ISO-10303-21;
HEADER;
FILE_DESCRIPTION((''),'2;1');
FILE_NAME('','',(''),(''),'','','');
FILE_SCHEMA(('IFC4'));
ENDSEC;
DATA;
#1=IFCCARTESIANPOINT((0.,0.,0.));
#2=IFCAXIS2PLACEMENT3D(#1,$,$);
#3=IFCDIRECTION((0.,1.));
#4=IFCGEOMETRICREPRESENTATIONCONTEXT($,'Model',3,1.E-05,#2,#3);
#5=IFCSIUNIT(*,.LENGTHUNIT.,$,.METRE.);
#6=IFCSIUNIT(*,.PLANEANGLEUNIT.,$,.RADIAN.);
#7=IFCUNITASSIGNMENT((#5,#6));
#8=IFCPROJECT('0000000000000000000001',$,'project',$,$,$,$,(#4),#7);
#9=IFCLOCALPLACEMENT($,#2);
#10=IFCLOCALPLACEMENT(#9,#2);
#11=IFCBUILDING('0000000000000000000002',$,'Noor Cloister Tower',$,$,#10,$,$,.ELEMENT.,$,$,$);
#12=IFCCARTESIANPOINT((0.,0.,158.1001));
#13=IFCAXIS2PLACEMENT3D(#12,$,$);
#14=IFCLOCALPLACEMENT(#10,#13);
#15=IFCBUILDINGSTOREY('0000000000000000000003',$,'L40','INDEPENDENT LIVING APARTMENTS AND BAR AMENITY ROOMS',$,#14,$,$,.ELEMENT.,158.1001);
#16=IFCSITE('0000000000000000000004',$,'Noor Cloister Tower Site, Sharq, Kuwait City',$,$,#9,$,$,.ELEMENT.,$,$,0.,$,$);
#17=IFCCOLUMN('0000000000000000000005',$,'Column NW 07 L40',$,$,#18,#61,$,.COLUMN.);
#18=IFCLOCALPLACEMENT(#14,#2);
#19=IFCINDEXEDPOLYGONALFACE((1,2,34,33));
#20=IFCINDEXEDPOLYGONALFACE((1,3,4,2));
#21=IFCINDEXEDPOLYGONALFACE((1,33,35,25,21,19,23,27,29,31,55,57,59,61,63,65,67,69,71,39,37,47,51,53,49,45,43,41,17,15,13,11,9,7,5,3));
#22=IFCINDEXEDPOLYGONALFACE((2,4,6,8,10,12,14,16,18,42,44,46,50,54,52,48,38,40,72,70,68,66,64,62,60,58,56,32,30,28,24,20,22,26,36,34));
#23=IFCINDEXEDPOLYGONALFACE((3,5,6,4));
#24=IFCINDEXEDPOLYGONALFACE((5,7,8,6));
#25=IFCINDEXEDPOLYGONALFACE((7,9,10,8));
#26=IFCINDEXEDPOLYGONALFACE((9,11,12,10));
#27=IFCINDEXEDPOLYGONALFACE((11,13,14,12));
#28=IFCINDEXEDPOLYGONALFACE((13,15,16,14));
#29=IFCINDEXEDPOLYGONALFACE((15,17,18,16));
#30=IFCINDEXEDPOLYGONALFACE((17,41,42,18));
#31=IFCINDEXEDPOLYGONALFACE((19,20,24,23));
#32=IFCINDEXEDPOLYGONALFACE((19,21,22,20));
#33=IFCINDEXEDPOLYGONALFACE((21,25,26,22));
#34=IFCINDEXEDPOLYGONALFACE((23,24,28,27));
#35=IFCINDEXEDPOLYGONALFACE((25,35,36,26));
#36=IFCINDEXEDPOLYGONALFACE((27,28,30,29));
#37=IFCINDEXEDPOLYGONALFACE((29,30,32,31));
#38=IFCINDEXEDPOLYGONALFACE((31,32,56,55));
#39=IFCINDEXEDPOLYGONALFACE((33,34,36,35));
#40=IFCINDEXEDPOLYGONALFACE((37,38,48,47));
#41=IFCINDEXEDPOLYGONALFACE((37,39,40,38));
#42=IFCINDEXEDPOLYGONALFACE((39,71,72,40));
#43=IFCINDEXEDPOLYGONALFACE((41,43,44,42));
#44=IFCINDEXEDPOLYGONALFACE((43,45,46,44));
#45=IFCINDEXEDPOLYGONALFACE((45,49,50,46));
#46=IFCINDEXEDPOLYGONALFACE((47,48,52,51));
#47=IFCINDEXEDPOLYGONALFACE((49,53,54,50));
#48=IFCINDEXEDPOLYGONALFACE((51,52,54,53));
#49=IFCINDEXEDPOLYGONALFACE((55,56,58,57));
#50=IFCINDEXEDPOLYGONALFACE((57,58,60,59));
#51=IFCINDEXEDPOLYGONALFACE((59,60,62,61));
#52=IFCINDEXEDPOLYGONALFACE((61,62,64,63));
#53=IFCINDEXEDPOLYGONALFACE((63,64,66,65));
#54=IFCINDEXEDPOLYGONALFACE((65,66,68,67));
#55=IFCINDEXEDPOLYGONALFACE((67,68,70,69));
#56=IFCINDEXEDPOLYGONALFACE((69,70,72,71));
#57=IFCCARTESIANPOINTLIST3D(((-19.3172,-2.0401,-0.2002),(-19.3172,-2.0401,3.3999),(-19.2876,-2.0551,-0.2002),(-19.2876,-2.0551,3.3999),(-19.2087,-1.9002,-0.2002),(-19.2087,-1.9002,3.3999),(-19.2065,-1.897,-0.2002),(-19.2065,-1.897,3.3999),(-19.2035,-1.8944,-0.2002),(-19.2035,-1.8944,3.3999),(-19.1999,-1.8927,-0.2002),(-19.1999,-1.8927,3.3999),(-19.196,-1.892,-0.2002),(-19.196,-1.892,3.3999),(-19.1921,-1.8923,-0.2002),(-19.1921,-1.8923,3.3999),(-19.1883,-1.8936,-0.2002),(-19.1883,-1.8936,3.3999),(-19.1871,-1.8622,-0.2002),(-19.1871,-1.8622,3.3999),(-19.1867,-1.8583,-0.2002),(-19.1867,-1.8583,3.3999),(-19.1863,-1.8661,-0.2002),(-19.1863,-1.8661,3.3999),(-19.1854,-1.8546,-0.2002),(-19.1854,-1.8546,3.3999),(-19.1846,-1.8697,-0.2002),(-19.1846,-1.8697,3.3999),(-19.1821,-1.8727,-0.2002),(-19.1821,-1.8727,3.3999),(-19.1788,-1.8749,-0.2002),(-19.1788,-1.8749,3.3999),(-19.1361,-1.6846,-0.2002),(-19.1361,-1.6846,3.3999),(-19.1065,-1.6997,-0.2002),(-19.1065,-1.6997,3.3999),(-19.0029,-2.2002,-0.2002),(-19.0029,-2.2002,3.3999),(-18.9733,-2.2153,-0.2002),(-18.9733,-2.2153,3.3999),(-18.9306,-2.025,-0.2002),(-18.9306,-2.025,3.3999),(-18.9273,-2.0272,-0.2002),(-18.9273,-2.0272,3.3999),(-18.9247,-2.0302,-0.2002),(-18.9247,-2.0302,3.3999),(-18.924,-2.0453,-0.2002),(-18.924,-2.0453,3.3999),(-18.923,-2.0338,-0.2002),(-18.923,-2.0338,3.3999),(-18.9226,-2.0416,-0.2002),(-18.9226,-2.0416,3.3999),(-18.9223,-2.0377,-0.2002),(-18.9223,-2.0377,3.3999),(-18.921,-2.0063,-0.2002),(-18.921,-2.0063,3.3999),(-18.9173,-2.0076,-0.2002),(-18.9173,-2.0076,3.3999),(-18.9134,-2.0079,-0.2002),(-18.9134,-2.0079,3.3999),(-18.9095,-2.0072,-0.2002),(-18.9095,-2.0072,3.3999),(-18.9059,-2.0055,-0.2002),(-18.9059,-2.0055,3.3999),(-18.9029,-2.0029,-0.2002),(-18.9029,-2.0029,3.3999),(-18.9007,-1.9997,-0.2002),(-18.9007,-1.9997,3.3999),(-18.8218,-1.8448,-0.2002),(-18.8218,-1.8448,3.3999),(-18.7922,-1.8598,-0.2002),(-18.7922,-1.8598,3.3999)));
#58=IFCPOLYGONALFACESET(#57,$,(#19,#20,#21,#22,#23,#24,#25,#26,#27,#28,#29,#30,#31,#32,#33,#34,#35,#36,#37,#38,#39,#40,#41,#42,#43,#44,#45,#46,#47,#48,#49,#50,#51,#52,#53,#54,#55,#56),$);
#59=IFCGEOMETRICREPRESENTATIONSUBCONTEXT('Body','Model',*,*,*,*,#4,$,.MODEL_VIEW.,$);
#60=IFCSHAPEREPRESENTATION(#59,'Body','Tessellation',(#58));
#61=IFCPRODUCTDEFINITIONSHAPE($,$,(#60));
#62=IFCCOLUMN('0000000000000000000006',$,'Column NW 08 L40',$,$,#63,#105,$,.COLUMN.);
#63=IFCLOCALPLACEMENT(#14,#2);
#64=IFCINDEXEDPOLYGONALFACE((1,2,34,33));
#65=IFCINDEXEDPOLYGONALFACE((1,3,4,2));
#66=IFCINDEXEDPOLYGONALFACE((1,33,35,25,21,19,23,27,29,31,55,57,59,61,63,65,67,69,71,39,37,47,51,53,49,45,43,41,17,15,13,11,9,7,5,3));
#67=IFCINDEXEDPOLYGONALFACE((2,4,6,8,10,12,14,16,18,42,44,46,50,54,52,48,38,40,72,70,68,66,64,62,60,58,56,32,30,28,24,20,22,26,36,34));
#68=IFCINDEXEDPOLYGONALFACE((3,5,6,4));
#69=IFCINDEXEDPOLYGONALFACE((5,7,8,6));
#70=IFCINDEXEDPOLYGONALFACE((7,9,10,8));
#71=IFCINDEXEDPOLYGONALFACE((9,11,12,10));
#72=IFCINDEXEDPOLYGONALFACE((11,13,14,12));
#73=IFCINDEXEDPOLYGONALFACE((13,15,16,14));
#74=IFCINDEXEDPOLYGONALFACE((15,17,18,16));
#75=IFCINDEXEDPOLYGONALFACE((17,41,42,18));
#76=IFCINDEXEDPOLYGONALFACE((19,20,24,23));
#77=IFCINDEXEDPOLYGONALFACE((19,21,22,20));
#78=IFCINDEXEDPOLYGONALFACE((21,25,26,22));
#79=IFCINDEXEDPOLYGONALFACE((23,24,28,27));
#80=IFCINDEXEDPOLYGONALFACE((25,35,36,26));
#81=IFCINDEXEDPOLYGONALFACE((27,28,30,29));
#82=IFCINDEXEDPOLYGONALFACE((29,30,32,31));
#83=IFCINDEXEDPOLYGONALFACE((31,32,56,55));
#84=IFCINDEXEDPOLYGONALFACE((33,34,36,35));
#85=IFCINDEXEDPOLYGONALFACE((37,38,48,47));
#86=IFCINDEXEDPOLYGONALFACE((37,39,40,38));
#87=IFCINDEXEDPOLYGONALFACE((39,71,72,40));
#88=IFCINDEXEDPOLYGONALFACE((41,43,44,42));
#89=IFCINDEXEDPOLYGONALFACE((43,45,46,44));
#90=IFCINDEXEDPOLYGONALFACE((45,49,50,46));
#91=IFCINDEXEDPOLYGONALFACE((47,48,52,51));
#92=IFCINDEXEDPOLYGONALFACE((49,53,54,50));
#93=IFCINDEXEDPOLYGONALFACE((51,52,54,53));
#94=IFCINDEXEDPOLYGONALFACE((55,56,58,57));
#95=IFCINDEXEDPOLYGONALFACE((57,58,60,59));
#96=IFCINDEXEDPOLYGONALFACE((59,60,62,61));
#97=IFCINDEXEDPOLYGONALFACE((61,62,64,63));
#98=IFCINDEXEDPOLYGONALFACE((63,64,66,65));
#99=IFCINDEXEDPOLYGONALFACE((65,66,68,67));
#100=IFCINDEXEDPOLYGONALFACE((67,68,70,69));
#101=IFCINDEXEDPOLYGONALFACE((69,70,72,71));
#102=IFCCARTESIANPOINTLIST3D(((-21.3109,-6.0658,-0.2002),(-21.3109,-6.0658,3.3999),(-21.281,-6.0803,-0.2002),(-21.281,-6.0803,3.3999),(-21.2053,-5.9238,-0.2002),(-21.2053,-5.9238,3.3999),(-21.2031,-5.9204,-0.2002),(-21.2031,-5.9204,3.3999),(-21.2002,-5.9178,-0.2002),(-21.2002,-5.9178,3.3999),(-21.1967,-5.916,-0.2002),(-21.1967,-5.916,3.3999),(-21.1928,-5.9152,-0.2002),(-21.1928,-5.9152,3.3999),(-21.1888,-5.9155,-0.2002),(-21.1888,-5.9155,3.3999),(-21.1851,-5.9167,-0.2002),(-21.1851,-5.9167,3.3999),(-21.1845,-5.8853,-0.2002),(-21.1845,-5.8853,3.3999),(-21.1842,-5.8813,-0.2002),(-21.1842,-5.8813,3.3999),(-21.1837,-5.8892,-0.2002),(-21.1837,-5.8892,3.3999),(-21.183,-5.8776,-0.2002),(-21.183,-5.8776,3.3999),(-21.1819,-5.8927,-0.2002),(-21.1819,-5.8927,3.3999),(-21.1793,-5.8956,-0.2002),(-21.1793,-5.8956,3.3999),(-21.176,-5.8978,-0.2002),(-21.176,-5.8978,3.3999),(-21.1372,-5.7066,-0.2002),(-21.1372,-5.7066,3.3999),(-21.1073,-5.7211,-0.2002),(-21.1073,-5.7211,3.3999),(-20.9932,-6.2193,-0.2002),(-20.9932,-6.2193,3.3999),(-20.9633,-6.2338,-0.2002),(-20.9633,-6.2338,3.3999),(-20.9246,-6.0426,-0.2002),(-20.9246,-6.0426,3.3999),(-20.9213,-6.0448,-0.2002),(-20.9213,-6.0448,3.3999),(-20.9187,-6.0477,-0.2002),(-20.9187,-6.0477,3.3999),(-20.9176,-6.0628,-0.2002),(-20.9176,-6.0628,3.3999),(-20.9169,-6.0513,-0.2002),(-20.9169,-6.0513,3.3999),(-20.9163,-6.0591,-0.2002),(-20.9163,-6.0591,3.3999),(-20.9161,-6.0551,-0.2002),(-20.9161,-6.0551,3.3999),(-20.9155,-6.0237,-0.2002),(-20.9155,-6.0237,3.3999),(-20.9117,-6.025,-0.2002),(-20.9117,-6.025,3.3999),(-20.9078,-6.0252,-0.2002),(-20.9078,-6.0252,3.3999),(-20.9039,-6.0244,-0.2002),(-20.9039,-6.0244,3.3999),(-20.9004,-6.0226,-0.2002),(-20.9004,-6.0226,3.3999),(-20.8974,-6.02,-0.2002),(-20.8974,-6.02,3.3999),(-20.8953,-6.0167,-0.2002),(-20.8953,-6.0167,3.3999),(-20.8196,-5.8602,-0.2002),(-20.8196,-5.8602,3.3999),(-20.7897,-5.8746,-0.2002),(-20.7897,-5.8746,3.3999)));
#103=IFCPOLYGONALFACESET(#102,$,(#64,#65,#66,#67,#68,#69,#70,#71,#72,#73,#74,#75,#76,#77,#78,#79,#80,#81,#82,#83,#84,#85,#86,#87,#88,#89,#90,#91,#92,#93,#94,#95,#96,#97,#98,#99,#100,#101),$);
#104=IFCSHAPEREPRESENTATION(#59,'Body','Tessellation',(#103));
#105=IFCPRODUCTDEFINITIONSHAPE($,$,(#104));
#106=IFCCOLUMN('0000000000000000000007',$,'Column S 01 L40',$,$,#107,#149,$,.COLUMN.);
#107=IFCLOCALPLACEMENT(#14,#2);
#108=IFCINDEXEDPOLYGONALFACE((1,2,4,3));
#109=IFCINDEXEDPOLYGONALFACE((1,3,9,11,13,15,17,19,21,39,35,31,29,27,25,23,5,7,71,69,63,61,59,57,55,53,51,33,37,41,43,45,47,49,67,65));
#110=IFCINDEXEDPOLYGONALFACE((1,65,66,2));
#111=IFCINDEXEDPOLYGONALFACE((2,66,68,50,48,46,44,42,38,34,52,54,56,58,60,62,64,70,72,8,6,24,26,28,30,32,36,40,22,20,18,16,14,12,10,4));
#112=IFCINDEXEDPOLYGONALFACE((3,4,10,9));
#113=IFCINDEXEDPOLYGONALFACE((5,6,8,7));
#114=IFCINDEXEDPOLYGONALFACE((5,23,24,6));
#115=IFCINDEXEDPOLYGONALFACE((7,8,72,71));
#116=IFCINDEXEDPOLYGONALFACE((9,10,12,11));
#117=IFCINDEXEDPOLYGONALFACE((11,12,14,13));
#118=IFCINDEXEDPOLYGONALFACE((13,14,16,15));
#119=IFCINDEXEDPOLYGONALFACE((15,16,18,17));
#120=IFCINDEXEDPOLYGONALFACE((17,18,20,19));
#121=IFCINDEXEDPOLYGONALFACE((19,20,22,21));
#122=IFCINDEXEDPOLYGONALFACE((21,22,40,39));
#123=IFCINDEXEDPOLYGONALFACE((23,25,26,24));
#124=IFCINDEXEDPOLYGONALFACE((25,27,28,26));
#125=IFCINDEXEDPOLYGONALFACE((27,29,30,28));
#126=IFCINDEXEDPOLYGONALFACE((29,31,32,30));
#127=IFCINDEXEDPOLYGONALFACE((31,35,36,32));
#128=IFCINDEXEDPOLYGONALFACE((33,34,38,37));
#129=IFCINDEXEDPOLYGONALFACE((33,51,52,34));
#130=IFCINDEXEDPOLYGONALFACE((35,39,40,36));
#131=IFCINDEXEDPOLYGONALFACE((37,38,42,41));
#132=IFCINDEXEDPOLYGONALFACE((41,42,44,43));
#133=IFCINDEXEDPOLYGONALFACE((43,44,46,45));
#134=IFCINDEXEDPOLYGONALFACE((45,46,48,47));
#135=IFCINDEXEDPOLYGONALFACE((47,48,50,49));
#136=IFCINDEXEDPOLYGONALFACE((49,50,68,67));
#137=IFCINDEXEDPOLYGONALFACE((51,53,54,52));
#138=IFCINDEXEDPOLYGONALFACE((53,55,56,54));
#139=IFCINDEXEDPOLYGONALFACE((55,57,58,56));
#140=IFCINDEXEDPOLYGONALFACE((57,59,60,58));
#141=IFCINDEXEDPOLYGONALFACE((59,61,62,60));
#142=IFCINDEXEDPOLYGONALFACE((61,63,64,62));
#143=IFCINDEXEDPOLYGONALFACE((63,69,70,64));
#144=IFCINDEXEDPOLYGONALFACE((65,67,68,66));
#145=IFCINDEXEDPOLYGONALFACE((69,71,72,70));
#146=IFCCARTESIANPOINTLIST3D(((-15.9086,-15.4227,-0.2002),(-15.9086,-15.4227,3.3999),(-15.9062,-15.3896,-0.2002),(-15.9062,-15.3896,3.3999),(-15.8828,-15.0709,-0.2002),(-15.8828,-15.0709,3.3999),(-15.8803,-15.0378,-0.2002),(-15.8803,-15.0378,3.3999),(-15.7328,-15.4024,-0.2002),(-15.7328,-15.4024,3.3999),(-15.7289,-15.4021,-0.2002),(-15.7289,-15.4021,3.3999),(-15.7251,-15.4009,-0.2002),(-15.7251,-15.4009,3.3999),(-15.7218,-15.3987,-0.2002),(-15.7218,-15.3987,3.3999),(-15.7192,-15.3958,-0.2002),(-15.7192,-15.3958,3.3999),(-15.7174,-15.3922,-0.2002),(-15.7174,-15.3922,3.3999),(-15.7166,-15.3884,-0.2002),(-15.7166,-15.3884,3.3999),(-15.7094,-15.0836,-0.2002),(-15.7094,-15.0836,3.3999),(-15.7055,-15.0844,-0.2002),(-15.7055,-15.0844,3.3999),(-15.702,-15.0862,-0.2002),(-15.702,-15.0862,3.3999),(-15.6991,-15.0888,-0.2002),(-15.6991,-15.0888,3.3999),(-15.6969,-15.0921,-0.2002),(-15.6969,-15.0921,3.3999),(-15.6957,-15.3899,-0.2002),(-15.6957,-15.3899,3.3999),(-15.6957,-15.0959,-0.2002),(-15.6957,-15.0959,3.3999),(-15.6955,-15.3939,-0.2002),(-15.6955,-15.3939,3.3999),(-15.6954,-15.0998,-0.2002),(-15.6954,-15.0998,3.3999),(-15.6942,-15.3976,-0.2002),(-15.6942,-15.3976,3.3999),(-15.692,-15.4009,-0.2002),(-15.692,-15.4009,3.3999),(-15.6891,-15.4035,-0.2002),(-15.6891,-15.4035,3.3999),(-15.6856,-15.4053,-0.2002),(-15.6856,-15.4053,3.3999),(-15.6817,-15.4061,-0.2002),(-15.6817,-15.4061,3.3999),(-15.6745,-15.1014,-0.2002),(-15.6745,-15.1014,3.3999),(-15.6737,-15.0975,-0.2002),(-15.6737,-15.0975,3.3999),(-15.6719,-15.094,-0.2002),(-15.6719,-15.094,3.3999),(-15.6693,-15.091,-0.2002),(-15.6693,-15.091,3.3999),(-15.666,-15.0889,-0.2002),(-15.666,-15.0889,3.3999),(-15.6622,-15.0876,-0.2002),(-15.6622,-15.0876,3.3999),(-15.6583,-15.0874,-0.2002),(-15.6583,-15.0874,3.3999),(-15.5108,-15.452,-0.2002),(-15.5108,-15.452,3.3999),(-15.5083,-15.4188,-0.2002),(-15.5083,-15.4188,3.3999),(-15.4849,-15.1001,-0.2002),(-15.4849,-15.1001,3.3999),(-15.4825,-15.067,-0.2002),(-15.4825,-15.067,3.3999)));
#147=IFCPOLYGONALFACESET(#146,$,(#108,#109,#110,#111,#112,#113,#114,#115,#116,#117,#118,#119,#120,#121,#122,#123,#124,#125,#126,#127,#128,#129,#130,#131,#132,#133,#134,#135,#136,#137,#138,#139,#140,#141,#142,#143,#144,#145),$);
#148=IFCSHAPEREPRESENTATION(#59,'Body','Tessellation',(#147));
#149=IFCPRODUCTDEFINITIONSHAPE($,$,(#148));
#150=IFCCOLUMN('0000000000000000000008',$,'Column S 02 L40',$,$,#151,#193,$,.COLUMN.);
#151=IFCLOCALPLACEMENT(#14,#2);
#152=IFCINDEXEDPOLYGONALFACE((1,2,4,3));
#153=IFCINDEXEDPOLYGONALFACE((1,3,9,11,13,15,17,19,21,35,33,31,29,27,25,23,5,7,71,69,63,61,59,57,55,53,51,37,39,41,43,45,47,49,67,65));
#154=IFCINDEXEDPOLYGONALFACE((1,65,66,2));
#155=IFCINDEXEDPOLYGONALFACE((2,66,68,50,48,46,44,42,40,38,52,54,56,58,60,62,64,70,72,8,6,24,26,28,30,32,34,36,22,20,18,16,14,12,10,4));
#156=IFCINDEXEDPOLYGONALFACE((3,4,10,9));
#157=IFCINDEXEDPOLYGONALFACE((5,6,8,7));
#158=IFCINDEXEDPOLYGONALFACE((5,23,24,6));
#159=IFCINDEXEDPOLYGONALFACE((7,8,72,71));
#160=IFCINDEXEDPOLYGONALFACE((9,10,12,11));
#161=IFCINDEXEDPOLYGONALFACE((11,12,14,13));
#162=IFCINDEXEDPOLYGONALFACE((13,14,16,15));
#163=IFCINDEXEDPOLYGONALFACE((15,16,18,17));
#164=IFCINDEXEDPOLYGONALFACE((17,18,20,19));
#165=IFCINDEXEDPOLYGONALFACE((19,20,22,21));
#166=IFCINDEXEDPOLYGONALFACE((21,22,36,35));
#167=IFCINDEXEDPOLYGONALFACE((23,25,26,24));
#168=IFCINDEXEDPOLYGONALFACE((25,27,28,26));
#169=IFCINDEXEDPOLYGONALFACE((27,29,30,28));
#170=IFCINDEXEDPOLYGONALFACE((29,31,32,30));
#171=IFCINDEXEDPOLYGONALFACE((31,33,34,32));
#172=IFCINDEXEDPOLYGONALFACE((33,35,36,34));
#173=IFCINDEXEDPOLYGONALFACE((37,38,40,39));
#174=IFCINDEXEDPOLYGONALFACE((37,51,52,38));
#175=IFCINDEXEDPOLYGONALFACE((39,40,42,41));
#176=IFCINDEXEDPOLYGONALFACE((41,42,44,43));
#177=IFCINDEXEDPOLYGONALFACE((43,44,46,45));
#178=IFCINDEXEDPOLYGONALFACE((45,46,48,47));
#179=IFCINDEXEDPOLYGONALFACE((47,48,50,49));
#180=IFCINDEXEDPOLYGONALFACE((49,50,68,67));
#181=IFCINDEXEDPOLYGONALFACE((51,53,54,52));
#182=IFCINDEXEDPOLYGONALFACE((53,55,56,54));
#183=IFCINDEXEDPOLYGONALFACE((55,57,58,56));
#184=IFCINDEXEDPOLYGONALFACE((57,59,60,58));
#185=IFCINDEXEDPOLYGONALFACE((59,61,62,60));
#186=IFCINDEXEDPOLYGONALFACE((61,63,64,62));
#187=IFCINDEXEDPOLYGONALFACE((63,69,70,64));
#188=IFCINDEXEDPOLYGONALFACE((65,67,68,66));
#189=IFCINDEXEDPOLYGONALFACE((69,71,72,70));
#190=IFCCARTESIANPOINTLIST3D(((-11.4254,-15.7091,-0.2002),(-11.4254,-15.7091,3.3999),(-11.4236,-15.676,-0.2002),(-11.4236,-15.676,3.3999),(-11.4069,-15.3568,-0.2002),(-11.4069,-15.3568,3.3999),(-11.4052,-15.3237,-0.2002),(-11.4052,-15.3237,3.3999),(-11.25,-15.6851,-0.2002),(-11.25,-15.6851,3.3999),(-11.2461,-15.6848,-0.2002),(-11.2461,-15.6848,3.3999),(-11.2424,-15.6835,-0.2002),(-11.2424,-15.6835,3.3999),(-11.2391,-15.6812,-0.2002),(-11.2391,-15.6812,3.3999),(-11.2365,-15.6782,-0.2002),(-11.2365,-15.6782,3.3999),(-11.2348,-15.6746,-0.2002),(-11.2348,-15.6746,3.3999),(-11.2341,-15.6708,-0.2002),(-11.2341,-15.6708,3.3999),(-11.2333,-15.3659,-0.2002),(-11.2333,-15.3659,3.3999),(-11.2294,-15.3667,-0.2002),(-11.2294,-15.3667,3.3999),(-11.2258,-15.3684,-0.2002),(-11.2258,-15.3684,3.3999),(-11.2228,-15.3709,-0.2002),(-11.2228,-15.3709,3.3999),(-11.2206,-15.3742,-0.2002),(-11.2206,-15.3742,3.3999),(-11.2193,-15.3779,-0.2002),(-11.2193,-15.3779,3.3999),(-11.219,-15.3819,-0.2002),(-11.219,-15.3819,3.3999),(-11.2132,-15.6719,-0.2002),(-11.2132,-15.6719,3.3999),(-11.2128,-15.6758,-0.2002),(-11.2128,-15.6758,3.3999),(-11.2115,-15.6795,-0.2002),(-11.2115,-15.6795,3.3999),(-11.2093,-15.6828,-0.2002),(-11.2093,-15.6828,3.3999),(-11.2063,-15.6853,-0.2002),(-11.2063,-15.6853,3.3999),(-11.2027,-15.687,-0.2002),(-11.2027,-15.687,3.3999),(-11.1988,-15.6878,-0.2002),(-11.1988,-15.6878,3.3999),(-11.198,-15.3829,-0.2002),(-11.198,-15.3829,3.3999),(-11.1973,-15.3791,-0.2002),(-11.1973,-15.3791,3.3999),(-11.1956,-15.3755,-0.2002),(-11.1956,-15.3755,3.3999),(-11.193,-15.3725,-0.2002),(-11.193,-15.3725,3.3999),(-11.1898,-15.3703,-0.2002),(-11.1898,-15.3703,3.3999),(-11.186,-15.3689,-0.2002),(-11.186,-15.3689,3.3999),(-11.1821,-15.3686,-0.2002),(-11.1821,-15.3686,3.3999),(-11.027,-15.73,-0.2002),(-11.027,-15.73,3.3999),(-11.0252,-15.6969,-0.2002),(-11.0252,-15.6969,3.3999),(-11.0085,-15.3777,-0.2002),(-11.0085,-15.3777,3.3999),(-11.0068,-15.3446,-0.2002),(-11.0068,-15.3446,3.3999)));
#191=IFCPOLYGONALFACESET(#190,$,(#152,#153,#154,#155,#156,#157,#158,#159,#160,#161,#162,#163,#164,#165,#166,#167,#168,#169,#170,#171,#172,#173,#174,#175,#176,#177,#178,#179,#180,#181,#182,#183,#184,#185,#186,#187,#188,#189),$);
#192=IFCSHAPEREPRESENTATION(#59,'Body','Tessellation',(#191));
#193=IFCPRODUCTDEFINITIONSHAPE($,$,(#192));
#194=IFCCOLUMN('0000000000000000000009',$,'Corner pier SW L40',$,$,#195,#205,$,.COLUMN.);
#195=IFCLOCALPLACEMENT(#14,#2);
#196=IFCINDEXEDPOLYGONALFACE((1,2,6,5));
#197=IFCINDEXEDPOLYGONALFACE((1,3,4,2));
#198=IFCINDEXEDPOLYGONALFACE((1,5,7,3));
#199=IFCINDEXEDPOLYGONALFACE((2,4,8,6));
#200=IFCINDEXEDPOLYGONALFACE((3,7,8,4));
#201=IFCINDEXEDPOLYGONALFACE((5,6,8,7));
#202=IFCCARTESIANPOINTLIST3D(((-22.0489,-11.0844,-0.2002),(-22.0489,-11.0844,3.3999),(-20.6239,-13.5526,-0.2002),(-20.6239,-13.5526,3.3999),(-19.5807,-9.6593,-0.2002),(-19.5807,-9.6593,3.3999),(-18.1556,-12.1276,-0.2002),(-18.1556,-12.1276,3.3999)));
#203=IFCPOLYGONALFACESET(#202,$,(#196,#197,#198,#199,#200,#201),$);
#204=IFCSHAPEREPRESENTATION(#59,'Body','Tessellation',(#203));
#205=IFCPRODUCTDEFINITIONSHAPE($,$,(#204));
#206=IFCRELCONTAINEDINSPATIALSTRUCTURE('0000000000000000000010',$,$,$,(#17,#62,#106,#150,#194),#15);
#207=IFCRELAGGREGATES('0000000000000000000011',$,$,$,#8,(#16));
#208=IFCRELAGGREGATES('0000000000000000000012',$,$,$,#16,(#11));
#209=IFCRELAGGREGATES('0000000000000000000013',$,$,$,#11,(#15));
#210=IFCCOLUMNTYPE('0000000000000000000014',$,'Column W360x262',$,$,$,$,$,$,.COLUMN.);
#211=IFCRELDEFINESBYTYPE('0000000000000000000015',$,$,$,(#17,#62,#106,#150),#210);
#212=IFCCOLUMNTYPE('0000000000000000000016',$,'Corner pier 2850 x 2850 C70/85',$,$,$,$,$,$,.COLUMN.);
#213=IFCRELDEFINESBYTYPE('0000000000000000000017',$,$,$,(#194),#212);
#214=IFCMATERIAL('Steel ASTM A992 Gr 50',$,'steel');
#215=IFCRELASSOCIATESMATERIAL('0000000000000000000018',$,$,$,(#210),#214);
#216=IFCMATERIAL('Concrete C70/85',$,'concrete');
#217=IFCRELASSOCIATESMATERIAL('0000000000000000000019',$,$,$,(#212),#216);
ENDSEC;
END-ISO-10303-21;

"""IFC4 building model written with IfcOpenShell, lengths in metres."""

from ifc_helpers import new_model, si_unit, direction, frame, origin, origin_2d, place, context, subcontext, project, spatial, rectangle, i_section, extrude, material, material_profile, profile_set, type_object, element, save


model = new_model("IFC4")

# Units and contexts
model_context = context("Model", 3, precision=1e-05, world=origin(), true_north=direction((0.0, 1.0)))
body_context = subcontext(model_context, "Body", "Model", "MODEL_VIEW")
ifc_project = project(units=[si_unit("LENGTHUNIT", "METRE"), si_unit("PLANEANGLEUNIT", "RADIAN")], contexts=[model_context])

# Site, building, storey
site_placement = place(None, origin())
site = spatial("IfcSite", under=ifc_project, at=site_placement, Name="Noor Cloister Tower Site, Sharq, Kuwait City", CompositionType="ELEMENT", RefElevation=0.0)
building_placement = place(site_placement, origin())
building = spatial("IfcBuilding", under=site, at=building_placement, Name="Noor Cloister Tower", CompositionType="ELEMENT")
storey_placement = place(building_placement, frame((0.0, 0.0, 158.1001)))
storey = spatial("IfcBuildingStorey", under=building, at=storey_placement, Name="L40", Description="INDEPENDENT LIVING APARTMENTS AND BAR AMENITY ROOMS", CompositionType="ELEMENT", Elevation=158.1001)

# Columns
ifc_material_1 = material(Name="Steel ASTM A992 Gr 50", Category="steel")
ifc_material_profile_1 = material_profile(ifc_material_1, i_section(OverallWidth=0.3989, OverallDepth=0.386, WebThickness=0.021, FlangeThickness=0.0332, FilletRadius=0.0151, at=origin_2d()), Name="W360x262")
ifc_profile_set_1 = profile_set([ifc_material_profile_1], Name="Steel ASTM A992 Gr 50")
column_type_1 = type_object("IfcColumnType", Name="Column W360x262", PredefinedType="COLUMN", material=ifc_profile_set_1)
for number, where, z_axis, x_axis, name in (
    (1, (-19.0547, -1.95, -0.2002), (0.0, 0.0, 1.0), (-0.453985, -0.891009, 0.0), "Column NW 07 L40"),
    (2, (-21.0503, -5.9702, -0.2002), (0.0, 0.0, 1.0), (-0.435223, -0.900322, 0.0), "Column NW 08 L40"),
    (3, (-15.6956, -15.2449, -0.2002), (0.0, 0.0, 1.0), (0.997314, -0.073247, 0.0), "Column S 01 L40"),
    (4, (-11.2161, -15.5269, -0.2002), (0.0, 0.0, 1.0), (0.998629, -0.052342, 0.0), "Column S 02 L40"),
):
    element("IfcColumn", number, at=place(storey_placement, frame(where, z_axis=z_axis, x_axis=x_axis)), inside=storey, type_object=column_type_1, Name=name, PredefinedType="COLUMN", context=body_context, shape_type="SweptSolid", body=[
        extrude(i_section(OverallWidth=0.3989, OverallDepth=0.386, WebThickness=0.021, FlangeThickness=0.0332, FilletRadius=0.0151, at=origin_2d()), origin(), (0.0, 0.0, 1.0), 3.6001),
    ])
ifc_material_2 = material(Name="Concrete C70/85", Category="concrete")
ifc_material_profile_2 = material_profile(ifc_material_2, rectangle(XDim=2.8501, YDim=2.8501, at=origin_2d()), Name="RC 2850x2850")
ifc_profile_set_2 = profile_set([ifc_material_profile_2], Name="Concrete C70/85")
column_type_2 = type_object("IfcColumnType", Name="Corner pier 2850 x 2850 C70/85", PredefinedType="COLUMN", material=ifc_profile_set_2)
column_placement = place(storey_placement, frame((-20.1023, -11.606, -0.2002), z_axis=(0.0, 0.0, 1.0), x_axis=(-0.866025, -0.5, 0.0)))
element("IfcColumn", 5, at=column_placement, inside=storey, type_object=column_type_2, Name="Corner pier SW L40", PredefinedType="COLUMN", context=body_context, shape_type="SweptSolid", body=[
    extrude(rectangle(XDim=2.8501, YDim=2.8501, at=origin_2d()), origin(), (0.0, 0.0, 1.0), 3.6001),
])

save(model, "model.ifc")
